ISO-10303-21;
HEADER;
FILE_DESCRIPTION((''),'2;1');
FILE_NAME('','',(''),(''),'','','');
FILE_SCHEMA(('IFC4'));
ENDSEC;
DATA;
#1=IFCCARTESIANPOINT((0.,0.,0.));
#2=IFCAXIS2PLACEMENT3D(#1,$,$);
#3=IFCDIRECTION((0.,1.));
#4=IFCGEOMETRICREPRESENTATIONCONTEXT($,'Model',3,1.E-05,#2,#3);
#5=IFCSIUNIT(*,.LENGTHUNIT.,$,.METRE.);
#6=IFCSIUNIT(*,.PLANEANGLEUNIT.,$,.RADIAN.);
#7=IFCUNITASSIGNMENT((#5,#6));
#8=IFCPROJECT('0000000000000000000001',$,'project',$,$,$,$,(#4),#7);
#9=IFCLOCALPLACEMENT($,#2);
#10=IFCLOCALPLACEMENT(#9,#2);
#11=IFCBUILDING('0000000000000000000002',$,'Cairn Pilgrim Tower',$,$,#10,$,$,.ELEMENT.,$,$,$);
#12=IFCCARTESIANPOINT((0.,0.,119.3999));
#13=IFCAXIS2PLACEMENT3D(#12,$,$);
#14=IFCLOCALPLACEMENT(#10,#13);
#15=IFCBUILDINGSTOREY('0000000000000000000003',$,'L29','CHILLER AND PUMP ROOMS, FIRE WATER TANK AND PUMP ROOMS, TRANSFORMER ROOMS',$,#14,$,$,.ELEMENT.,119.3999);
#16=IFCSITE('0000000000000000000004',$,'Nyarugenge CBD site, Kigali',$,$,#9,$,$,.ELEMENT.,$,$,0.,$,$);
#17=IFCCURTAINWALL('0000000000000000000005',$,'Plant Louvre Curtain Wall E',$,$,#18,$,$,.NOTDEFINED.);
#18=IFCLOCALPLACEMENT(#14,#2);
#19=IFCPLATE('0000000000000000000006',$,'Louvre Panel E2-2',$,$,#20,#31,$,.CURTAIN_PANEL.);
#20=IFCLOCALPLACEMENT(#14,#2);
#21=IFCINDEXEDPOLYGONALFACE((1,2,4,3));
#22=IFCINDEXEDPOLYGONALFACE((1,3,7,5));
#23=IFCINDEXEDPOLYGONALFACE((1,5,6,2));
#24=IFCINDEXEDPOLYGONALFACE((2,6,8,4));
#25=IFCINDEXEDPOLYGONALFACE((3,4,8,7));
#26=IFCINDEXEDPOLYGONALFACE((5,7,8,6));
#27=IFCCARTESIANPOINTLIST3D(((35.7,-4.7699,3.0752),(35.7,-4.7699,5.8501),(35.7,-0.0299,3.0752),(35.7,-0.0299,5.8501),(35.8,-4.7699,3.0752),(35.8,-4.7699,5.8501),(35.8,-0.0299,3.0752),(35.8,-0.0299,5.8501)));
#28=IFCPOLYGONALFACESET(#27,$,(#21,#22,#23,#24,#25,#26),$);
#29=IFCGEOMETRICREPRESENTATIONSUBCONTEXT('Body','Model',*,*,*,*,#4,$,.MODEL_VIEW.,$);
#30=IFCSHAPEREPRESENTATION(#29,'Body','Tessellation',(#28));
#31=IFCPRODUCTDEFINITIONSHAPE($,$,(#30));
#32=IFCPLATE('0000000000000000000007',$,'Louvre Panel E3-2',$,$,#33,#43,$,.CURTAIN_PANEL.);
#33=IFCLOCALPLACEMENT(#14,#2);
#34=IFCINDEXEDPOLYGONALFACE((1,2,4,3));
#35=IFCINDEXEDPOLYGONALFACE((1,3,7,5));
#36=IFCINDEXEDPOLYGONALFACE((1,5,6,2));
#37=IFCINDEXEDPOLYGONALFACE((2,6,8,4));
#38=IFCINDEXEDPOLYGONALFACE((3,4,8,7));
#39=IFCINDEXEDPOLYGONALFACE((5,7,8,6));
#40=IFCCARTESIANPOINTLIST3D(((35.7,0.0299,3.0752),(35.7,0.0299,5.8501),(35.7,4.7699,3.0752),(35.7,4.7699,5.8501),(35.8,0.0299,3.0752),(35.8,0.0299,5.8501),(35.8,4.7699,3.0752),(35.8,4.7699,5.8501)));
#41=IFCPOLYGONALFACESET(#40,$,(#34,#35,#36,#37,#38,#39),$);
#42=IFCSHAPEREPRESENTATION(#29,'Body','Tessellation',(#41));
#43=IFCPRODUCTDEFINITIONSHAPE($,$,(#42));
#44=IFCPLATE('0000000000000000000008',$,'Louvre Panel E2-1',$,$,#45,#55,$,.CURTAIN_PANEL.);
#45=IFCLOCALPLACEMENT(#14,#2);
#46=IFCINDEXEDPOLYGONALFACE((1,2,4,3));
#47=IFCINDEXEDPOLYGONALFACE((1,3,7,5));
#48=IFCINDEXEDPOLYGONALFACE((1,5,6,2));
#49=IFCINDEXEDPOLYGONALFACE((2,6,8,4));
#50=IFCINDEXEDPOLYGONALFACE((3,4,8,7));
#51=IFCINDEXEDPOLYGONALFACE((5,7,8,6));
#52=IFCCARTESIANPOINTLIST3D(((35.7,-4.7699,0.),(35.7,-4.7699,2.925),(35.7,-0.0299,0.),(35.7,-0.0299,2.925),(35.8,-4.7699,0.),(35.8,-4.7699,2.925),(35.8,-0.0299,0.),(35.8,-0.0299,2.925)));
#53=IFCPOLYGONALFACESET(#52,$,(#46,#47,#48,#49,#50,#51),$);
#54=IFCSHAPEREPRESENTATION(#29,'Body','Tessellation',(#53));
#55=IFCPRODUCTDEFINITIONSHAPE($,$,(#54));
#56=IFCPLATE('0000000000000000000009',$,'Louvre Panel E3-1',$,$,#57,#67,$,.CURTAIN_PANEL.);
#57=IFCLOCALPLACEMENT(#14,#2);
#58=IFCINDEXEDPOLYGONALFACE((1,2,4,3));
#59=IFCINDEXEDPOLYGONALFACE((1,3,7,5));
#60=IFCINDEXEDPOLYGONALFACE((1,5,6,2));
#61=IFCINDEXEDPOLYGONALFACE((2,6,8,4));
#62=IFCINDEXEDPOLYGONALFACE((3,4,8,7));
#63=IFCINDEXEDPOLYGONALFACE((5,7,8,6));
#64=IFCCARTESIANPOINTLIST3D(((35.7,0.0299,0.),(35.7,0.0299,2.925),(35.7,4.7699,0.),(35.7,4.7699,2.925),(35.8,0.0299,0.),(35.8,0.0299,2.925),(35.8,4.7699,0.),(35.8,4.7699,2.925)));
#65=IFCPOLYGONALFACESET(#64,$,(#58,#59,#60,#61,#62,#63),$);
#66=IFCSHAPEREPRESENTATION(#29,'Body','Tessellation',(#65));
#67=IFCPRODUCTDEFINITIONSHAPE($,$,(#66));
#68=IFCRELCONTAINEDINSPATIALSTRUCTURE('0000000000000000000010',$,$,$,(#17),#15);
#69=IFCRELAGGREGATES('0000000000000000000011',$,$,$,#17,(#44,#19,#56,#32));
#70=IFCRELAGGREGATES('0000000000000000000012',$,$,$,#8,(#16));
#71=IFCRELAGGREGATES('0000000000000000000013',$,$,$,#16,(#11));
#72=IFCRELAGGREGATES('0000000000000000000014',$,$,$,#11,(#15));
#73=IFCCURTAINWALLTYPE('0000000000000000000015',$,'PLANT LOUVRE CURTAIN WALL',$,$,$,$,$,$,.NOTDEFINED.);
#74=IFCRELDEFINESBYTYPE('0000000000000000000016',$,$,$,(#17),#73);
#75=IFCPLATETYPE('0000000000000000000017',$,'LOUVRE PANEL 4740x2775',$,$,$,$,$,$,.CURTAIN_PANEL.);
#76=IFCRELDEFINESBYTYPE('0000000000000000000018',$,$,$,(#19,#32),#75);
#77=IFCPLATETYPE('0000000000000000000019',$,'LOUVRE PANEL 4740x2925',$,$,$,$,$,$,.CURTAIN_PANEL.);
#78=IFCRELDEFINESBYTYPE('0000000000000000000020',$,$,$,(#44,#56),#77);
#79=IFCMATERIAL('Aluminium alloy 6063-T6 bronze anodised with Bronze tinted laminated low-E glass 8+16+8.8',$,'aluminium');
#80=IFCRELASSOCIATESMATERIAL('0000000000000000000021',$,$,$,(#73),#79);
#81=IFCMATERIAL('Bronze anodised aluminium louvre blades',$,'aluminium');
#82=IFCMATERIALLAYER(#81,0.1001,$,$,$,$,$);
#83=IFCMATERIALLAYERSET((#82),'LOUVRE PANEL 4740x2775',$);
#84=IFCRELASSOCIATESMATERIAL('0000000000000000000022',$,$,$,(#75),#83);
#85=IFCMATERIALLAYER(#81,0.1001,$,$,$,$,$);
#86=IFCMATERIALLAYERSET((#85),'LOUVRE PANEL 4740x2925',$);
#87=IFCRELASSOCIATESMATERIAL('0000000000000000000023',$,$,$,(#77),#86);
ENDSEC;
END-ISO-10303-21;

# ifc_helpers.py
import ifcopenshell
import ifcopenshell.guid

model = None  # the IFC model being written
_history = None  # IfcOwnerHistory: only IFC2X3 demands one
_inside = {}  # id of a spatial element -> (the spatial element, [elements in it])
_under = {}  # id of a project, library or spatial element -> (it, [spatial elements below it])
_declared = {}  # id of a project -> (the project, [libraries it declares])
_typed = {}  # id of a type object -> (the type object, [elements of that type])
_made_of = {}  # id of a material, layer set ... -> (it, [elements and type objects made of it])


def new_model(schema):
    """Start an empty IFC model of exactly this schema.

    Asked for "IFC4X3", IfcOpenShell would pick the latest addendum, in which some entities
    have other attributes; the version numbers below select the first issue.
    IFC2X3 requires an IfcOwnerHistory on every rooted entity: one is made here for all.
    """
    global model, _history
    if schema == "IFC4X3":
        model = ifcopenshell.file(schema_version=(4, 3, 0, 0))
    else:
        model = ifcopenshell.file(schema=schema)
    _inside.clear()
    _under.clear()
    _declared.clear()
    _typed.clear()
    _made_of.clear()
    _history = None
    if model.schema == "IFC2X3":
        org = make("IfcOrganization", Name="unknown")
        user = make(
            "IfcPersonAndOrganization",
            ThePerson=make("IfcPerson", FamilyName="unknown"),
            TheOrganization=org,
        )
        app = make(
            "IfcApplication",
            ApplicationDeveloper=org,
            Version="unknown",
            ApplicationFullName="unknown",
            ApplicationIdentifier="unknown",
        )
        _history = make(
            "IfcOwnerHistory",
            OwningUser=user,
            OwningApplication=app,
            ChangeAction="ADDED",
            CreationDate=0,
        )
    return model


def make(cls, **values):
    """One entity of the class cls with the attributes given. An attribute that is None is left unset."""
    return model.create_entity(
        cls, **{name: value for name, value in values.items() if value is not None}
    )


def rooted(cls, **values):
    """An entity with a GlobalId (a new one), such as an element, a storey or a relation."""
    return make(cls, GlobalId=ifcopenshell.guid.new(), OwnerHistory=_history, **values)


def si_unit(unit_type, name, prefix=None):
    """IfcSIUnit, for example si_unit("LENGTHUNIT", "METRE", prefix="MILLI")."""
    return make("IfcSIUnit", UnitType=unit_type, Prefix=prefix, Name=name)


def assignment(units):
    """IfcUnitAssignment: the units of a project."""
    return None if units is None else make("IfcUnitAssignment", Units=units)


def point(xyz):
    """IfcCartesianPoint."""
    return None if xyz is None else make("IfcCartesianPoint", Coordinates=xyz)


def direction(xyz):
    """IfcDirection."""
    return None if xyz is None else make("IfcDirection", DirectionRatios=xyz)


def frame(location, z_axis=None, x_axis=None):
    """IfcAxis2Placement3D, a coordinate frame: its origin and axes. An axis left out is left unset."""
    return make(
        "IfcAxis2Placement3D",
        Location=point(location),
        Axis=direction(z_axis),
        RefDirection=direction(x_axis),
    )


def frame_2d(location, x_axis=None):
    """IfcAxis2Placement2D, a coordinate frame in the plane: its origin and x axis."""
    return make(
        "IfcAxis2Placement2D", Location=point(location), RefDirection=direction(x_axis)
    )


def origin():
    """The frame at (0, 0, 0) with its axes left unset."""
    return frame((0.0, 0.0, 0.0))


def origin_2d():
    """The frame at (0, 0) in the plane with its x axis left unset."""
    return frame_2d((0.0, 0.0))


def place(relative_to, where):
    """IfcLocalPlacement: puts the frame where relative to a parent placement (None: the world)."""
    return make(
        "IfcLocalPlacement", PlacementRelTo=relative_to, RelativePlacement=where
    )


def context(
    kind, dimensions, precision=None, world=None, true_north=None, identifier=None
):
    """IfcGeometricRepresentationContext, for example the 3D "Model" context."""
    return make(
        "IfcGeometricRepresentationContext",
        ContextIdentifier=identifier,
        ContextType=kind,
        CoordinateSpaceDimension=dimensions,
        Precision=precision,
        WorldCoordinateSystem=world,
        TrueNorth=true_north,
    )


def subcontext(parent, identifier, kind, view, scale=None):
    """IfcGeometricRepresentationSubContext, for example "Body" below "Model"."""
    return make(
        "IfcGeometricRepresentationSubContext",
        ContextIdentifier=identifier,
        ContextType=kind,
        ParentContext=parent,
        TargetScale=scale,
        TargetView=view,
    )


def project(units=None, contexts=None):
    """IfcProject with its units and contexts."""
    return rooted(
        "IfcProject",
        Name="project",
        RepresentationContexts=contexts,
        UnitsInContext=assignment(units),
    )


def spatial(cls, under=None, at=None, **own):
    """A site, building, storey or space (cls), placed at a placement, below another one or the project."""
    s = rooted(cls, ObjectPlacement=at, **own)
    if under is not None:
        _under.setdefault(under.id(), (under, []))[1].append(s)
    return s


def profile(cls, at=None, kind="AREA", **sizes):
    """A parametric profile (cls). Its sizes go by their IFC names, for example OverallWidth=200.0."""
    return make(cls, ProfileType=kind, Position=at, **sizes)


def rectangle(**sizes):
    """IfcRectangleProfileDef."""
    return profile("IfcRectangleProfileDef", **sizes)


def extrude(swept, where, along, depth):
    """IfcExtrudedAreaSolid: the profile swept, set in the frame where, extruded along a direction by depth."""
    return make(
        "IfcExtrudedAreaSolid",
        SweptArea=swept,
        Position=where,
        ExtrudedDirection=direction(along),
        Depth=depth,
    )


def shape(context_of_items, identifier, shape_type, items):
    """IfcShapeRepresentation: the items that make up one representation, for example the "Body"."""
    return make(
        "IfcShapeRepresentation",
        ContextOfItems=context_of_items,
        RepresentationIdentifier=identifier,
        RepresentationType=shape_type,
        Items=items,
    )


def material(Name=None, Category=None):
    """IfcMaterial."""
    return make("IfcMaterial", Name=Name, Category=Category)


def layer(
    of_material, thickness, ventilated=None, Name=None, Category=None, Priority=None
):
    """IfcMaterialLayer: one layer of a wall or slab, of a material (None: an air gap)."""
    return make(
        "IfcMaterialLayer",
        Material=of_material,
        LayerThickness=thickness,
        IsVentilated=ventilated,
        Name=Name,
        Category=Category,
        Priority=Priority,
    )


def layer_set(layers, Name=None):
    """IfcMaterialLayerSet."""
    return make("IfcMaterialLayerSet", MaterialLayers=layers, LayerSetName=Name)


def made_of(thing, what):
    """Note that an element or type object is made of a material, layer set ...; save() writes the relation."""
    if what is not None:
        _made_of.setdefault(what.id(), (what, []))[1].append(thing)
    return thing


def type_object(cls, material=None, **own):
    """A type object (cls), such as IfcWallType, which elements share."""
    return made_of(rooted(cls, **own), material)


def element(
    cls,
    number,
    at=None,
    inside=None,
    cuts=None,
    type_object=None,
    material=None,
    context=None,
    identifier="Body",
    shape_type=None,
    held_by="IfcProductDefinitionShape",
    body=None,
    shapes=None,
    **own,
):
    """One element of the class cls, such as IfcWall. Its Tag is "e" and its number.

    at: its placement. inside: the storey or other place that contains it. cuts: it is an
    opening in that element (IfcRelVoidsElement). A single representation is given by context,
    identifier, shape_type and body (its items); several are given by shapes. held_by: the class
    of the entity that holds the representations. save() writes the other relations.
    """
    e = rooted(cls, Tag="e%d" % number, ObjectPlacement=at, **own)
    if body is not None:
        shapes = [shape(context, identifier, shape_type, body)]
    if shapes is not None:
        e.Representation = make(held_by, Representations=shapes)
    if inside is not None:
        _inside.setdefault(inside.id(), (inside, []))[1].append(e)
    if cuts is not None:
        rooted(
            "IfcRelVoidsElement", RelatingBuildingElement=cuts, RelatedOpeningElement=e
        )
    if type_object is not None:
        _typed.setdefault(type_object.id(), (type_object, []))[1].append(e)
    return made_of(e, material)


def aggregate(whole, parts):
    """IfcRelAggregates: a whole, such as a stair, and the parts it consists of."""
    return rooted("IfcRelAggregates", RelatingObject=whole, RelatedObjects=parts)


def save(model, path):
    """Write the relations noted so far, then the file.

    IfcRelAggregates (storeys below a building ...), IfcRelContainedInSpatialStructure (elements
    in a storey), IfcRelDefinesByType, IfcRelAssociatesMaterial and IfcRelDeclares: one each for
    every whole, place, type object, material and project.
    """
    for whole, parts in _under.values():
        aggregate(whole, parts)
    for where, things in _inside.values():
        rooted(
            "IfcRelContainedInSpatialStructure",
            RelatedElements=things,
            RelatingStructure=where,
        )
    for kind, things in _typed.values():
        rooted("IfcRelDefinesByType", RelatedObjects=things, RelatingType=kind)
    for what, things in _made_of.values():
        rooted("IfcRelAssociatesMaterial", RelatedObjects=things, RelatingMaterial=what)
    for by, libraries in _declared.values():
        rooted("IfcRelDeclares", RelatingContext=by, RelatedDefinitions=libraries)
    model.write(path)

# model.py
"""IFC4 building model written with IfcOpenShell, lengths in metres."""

from ifc_helpers import new_model, si_unit, direction, frame, origin, origin_2d, place, context, subcontext, project, spatial, rectangle, extrude, material, layer, layer_set, type_object, element, aggregate, save


model = new_model("IFC4")

# Units and contexts
model_context = context("Model", 3, precision=1e-05, world=origin(), true_north=direction((0.0, 1.0)))
body_context = subcontext(model_context, "Body", "Model", "MODEL_VIEW")
ifc_project = project(units=[si_unit("LENGTHUNIT", "METRE"), si_unit("PLANEANGLEUNIT", "RADIAN")], contexts=[model_context])

# Site, building, storey
site_placement = place(None, origin())
site = spatial("IfcSite", under=ifc_project, at=site_placement, Name="Nyarugenge CBD site, Kigali", CompositionType="ELEMENT", RefElevation=0.0)
building_placement = place(site_placement, origin())
building = spatial("IfcBuilding", under=site, at=building_placement, Name="Cairn Pilgrim Tower", CompositionType="ELEMENT")
storey_placement = place(building_placement, frame((0.0, 0.0, 119.3999)))
storey = spatial("IfcBuildingStorey", under=building, at=storey_placement, Name="L29", Description="CHILLER AND PUMP ROOMS, FIRE WATER TANK AND PUMP ROOMS, TRANSFORMER ROOMS", CompositionType="ELEMENT", Elevation=119.3999)

# Curtain wall
ifc_material_1 = material(Name="Aluminium alloy 6063-T6 bronze anodised with Bronze tinted laminated low-E glass 8+16+8.8", Category="aluminium")
curtain_wall_type = type_object("IfcCurtainWallType", Name="PLANT LOUVRE CURTAIN WALL", PredefinedType="NOTDEFINED", material=ifc_material_1)
curtain_wall_placement = place(storey_placement, origin())
curtain_wall = element("IfcCurtainWall", 1, at=curtain_wall_placement, inside=storey, type_object=curtain_wall_type, Name="Plant Louvre Curtain Wall E", PredefinedType="NOTDEFINED")

# Plates
ifc_material_2 = material(Name="Bronze anodised aluminium louvre blades", Category="aluminium")
ifc_layer_1 = layer(ifc_material_2, 0.1001)
ifc_layer_set_1 = layer_set([ifc_layer_1], Name="LOUVRE PANEL 4740x2775")
plate_type_1 = type_object("IfcPlateType", Name="LOUVRE PANEL 4740x2775", PredefinedType="CURTAIN_PANEL", material=ifc_layer_set_1)
plate_1_placement = place(storey_placement, frame((35.75, -2.3999, 3.0752), z_axis=(0.0, 0.0, 1.0), x_axis=(0.0, 1.0, 0.0)))
plate_1 = element("IfcPlate", 2, at=plate_1_placement, type_object=plate_type_1, Name="Louvre Panel E2-2", PredefinedType="CURTAIN_PANEL", context=body_context, shape_type="SweptSolid", body=[
    extrude(rectangle(XDim=4.74, YDim=0.1001, at=origin_2d()), origin(), (0.0, 0.0, 1.0), 2.7749),
])
plate_2_placement = place(storey_placement, frame((35.75, 2.3999, 3.0752), z_axis=(0.0, 0.0, 1.0), x_axis=(0.0, 1.0, 0.0)))
plate_2 = element("IfcPlate", 3, at=plate_2_placement, type_object=plate_type_1, Name="Louvre Panel E3-2", PredefinedType="CURTAIN_PANEL", context=body_context, shape_type="SweptSolid", body=[
    extrude(rectangle(XDim=4.74, YDim=0.1001, at=origin_2d()), origin(), (0.0, 0.0, 1.0), 2.7749),
])
ifc_layer_2 = layer(ifc_material_2, 0.1001)
ifc_layer_set_2 = layer_set([ifc_layer_2], Name="LOUVRE PANEL 4740x2925")
plate_type_2 = type_object("IfcPlateType", Name="LOUVRE PANEL 4740x2925", PredefinedType="CURTAIN_PANEL", material=ifc_layer_set_2)
plate_3_placement = place(storey_placement, frame((35.75, -2.3999, 0.0), z_axis=(0.0, 0.0, 1.0), x_axis=(0.0, 1.0, 0.0)))
plate_3 = element("IfcPlate", 4, at=plate_3_placement, type_object=plate_type_2, Name="Louvre Panel E2-1", PredefinedType="CURTAIN_PANEL", context=body_context, shape_type="SweptSolid", body=[
    extrude(rectangle(XDim=4.74, YDim=0.1001, at=origin_2d()), origin(), (0.0, 0.0, 1.0), 2.925),
])
plate_4_placement = place(storey_placement, frame((35.75, 2.3999, 0.0), z_axis=(0.0, 0.0, 1.0), x_axis=(0.0, 1.0, 0.0)))
plate_4 = element("IfcPlate", 5, at=plate_4_placement, type_object=plate_type_2, Name="Louvre Panel E3-1", PredefinedType="CURTAIN_PANEL", context=body_context, shape_type="SweptSolid", body=[
    extrude(rectangle(XDim=4.74, YDim=0.1001, at=origin_2d()), origin(), (0.0, 0.0, 1.0), 2.925),
])
aggregate(curtain_wall, [plate_3, plate_1, plate_4, plate_2])

save(model, "model.ifc")
